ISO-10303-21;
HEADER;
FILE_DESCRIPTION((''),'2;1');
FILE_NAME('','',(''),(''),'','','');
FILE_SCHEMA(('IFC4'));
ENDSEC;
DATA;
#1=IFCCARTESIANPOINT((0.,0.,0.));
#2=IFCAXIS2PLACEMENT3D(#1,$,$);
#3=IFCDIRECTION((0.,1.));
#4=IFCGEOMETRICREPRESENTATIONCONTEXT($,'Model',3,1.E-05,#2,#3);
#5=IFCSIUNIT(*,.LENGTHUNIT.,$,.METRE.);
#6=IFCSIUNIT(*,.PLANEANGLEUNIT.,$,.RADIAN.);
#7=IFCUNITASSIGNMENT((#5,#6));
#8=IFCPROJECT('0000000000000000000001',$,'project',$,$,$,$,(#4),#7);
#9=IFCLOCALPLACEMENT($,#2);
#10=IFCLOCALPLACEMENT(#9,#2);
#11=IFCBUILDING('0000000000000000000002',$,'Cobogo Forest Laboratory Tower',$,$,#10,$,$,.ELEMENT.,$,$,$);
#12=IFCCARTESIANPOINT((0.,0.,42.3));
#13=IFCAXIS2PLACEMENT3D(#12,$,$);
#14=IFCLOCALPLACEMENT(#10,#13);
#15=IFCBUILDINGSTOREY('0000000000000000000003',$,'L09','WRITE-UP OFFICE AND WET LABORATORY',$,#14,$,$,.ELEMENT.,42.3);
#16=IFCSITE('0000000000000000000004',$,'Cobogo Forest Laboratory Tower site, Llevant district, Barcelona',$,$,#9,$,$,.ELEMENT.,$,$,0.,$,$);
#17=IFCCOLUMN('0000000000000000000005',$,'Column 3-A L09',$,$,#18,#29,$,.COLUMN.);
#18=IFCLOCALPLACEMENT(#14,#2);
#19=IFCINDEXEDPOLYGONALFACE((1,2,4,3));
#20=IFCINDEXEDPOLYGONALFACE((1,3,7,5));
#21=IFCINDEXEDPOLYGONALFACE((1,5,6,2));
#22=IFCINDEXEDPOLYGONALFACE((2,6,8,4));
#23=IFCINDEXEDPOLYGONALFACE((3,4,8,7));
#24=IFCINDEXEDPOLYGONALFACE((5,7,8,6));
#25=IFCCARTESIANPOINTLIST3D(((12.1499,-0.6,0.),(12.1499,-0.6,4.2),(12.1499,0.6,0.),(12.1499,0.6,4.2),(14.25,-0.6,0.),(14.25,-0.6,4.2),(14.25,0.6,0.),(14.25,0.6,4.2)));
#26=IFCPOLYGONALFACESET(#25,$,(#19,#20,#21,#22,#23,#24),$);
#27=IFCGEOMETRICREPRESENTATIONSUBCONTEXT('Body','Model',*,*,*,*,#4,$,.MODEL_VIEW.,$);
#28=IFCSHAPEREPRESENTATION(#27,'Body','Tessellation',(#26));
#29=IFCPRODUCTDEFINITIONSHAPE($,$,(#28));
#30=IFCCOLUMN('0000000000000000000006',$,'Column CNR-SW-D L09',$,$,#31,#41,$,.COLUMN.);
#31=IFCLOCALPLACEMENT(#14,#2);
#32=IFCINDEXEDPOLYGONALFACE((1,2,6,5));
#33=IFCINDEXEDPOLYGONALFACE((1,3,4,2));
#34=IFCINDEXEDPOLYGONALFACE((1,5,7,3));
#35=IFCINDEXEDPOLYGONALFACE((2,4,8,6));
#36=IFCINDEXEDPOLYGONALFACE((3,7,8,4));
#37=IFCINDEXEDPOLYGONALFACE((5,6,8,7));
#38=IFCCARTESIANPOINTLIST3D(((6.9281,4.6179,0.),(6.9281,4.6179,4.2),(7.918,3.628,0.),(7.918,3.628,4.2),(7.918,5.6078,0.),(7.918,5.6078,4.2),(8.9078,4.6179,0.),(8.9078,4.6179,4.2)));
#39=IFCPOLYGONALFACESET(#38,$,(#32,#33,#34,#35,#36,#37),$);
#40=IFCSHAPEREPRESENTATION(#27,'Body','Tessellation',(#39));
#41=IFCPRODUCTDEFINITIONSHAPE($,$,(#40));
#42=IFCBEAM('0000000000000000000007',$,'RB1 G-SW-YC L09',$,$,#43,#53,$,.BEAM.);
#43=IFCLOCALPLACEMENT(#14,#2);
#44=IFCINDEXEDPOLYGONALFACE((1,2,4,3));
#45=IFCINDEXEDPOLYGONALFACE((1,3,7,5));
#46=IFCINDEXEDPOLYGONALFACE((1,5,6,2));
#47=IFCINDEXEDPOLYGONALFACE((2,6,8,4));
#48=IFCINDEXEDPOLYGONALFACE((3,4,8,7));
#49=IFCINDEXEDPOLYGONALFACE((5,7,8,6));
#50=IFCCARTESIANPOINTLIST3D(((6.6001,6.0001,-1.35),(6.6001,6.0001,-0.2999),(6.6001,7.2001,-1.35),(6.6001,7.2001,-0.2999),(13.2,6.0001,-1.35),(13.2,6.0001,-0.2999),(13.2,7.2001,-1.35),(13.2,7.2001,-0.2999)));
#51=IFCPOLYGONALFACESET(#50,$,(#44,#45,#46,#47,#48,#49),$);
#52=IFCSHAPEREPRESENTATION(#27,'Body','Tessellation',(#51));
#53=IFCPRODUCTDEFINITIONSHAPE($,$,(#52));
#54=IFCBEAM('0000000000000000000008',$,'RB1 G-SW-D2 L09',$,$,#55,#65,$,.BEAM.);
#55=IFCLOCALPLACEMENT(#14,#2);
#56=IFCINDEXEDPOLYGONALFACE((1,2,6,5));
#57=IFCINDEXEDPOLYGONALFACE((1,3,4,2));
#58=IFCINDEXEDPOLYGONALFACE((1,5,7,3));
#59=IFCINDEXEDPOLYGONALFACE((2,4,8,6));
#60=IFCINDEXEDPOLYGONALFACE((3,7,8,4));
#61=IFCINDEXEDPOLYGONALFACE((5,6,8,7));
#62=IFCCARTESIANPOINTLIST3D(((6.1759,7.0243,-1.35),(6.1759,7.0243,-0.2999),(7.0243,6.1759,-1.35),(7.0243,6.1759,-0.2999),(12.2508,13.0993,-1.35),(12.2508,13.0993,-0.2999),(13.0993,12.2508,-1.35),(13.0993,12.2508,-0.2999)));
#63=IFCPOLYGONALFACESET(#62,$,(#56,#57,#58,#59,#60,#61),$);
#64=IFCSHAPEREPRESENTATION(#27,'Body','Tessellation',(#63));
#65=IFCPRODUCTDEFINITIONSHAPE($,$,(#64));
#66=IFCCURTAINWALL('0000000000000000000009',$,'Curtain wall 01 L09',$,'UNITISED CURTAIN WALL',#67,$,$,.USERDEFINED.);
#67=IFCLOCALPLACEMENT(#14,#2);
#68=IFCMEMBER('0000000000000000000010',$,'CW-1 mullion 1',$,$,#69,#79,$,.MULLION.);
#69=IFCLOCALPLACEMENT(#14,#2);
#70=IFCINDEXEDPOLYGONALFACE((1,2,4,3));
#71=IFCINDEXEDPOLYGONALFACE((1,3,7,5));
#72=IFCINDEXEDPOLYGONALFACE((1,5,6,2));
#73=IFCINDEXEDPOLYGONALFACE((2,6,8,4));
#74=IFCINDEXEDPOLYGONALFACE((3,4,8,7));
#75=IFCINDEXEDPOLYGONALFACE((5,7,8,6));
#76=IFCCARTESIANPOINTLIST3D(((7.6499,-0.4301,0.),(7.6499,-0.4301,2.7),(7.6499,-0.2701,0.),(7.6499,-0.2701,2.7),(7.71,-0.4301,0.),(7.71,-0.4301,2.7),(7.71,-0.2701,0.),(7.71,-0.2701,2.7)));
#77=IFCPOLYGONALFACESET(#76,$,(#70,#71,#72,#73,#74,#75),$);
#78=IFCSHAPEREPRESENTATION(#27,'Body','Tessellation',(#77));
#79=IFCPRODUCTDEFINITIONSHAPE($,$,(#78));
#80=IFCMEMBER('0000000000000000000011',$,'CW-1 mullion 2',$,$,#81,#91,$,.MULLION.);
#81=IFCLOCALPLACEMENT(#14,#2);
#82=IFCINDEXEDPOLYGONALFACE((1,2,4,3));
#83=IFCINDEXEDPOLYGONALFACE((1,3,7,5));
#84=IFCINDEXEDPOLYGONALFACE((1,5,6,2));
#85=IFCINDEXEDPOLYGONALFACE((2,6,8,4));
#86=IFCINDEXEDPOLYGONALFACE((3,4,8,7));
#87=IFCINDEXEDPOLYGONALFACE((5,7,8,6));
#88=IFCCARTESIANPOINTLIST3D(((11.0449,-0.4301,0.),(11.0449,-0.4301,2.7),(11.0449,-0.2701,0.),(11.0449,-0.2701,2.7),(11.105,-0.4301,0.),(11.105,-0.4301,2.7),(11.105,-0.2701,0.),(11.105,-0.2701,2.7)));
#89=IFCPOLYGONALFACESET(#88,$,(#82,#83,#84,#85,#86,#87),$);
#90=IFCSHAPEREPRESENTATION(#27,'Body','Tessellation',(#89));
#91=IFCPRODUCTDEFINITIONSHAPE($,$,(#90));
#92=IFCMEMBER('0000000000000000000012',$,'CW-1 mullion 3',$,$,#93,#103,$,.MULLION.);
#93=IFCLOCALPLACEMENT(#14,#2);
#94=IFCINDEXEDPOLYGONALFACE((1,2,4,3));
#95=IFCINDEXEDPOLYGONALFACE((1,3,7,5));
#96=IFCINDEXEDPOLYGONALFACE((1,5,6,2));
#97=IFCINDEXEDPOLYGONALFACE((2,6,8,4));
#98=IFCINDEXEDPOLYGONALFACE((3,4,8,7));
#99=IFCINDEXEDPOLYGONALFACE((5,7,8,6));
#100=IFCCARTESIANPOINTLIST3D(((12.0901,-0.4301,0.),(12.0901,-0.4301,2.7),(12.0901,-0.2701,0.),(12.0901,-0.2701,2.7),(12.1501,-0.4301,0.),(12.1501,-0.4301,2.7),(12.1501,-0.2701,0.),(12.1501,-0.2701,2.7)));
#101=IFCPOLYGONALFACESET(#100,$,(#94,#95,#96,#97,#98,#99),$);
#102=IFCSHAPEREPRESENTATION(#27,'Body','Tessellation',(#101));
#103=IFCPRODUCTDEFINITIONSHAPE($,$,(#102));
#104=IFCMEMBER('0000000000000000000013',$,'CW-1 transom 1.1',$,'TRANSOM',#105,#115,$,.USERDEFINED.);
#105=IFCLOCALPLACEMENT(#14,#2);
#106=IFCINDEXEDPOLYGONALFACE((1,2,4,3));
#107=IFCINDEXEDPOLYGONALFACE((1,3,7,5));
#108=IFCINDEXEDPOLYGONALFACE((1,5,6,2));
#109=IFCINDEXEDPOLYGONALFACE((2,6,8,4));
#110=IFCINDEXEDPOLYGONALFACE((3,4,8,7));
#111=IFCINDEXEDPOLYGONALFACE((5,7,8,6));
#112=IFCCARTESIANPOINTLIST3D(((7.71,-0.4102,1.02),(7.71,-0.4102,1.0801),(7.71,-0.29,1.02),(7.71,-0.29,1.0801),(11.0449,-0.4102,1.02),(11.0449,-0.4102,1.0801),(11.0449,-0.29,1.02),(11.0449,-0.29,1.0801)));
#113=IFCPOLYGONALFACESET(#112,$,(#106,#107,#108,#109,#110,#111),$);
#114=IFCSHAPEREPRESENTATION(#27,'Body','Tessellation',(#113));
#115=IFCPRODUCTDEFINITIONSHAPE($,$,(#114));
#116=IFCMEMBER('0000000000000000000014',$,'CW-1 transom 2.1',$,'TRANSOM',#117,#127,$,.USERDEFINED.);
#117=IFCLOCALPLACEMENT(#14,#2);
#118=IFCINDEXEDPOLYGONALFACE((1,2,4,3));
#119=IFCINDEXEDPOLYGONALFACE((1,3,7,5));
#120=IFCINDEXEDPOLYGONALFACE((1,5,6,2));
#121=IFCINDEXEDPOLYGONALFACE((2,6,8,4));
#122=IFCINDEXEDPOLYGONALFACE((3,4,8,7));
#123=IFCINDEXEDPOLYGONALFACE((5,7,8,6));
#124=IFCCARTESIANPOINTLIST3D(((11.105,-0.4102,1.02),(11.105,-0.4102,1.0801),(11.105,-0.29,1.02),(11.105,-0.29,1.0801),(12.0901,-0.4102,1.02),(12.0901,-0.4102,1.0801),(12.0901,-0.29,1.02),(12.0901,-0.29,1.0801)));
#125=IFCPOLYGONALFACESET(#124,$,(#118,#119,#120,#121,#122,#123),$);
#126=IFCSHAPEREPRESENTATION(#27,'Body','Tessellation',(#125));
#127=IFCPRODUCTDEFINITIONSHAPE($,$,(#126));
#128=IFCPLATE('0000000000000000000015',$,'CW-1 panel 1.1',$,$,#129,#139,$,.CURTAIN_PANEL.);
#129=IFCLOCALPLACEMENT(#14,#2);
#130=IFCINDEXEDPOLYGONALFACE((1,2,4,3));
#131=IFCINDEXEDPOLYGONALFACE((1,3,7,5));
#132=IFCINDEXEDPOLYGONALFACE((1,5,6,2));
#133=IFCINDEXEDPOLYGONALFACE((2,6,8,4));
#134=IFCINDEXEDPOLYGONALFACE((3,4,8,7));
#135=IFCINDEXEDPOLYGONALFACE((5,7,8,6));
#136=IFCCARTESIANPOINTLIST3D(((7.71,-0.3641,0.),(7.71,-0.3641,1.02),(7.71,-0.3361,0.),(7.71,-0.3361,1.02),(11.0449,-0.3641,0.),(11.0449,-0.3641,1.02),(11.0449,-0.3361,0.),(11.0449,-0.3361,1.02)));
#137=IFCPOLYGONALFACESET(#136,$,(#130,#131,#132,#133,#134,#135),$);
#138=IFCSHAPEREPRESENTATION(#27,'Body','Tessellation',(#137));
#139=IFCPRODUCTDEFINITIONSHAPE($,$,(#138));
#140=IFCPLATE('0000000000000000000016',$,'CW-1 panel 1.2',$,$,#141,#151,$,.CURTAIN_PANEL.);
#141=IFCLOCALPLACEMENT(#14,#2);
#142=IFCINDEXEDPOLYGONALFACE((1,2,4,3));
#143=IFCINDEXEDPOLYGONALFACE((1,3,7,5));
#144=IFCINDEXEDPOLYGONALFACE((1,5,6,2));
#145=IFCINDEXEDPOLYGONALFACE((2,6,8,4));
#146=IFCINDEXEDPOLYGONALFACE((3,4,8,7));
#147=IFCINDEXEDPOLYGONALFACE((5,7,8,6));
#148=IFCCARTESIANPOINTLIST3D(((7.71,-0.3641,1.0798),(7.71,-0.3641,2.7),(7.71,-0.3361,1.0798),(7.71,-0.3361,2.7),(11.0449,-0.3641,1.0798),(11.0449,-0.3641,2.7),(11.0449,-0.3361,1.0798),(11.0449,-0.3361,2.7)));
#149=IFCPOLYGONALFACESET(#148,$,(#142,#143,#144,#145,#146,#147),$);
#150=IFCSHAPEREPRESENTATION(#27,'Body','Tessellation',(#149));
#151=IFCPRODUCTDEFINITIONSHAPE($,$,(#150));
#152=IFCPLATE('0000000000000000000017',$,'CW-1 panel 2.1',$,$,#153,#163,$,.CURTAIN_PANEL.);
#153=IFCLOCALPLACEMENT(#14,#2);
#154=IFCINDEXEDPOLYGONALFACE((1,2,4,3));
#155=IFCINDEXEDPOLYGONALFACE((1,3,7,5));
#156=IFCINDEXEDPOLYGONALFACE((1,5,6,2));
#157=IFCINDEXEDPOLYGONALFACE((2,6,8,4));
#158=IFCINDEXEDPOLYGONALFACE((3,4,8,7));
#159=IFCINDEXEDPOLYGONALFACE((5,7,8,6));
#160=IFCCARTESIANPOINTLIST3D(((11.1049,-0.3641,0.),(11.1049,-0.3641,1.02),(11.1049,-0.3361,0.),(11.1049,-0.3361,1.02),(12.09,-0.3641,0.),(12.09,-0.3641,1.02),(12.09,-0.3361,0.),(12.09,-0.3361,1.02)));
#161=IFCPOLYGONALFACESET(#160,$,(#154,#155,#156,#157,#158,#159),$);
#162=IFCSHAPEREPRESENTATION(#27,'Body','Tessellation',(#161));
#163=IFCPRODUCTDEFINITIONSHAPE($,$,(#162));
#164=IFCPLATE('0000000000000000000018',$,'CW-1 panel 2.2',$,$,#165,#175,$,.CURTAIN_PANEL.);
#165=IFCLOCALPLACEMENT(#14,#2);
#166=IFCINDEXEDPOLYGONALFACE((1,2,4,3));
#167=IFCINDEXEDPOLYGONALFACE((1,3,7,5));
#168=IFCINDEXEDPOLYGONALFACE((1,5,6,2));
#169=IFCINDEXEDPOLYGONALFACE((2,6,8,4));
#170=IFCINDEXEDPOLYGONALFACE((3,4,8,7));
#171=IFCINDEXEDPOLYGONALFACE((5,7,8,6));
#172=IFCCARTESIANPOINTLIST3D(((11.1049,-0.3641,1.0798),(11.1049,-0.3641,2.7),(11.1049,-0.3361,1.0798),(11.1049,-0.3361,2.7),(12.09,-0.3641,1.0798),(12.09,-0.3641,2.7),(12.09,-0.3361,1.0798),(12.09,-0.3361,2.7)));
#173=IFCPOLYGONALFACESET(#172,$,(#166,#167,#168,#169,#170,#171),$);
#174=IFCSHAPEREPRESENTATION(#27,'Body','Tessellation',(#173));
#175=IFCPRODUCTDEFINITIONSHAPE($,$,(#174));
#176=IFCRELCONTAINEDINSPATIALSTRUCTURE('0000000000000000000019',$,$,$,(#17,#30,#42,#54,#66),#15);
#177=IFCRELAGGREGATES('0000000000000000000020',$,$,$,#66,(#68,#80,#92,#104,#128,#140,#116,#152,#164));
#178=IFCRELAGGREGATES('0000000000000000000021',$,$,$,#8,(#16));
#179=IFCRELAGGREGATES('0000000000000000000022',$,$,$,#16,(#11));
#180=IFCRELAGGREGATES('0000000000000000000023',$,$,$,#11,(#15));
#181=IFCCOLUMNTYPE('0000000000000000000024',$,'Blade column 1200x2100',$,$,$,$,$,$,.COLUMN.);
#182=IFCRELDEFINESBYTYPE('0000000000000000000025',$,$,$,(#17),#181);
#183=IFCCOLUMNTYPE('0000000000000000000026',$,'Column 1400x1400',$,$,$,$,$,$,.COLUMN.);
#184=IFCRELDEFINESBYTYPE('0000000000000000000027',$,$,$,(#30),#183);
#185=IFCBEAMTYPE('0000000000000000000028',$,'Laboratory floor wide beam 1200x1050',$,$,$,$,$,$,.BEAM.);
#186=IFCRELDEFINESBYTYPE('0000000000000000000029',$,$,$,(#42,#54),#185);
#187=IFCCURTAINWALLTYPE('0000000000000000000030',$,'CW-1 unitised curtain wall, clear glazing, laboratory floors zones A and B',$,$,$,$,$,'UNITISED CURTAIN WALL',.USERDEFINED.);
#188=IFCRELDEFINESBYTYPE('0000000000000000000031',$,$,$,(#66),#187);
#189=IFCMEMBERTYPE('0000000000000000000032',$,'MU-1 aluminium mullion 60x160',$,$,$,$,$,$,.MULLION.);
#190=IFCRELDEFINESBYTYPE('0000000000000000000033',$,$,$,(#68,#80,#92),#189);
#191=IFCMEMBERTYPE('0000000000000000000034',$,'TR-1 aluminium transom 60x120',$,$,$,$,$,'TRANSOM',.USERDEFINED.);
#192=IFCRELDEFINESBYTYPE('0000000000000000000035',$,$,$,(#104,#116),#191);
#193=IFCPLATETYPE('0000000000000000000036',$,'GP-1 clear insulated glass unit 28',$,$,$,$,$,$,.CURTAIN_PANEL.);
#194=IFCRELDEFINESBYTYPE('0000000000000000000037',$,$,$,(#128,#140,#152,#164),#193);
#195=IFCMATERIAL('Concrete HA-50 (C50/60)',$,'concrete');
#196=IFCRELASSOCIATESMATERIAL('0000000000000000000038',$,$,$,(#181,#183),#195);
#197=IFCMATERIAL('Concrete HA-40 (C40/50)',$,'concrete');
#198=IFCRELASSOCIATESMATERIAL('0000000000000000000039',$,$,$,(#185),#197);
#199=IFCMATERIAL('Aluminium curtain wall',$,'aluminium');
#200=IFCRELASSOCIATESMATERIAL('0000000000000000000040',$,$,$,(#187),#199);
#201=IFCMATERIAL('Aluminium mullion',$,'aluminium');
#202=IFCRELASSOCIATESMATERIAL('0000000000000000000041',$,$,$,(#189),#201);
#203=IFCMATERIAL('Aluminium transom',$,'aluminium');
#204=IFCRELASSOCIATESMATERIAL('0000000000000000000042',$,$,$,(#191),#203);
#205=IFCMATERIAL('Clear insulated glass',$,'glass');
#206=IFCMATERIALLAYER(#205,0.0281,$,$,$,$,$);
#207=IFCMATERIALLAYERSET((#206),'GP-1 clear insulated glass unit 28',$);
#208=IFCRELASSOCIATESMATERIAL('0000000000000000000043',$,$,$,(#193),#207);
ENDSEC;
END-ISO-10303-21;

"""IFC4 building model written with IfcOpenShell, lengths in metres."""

from ifc_helpers import new_model, si_unit, direction, frame, origin, origin_2d, place, context, subcontext, project, spatial, rectangle, extrude, material, layer, layer_set, material_profile, profile_set, type_object, element, aggregate, save


model = new_model("IFC4")

# Units and contexts
model_context = context("Model", 3, precision=1e-05, world=origin(), true_north=direction((0.0, 1.0)))
body_context = subcontext(model_context, "Body", "Model", "MODEL_VIEW")
ifc_project = project(units=[si_unit("LENGTHUNIT", "METRE"), si_unit("PLANEANGLEUNIT", "RADIAN")], contexts=[model_context])

# Site, building, storey
site_placement = place(None, origin())
site = spatial("IfcSite", under=ifc_project, at=site_placement, Name="Cobogo Forest Laboratory Tower site, Llevant district, Barcelona", CompositionType="ELEMENT", RefElevation=0.0)
building_placement = place(site_placement, origin())
building = spatial("IfcBuilding", under=site, at=building_placement, Name="Cobogo Forest Laboratory Tower", CompositionType="ELEMENT")
storey_placement = place(building_placement, frame((0.0, 0.0, 42.3)))
storey = spatial("IfcBuildingStorey", under=building, at=storey_placement, Name="L09", Description="WRITE-UP OFFICE AND WET LABORATORY", CompositionType="ELEMENT", Elevation=42.3)

# Columns
ifc_material_1 = material(Name="Concrete HA-50 (C50/60)", Category="concrete")
ifc_material_profile_1 = material_profile(ifc_material_1, rectangle(XDim=2.1001, YDim=1.2, at=origin_2d()), Name="RC 1200x2100")
ifc_profile_set_1 = profile_set([ifc_material_profile_1], Name="Concrete HA-50 (C50/60)")
column_type_1 = type_object("IfcColumnType", Name="Blade column 1200x2100", PredefinedType="COLUMN", material=ifc_profile_set_1)
column_1_placement = place(storey_placement, frame((13.2, 0.0, 0.0), z_axis=(0.0, 0.0, 1.0), x_axis=(1.0, 0.0, 0.0)))
element("IfcColumn", 1, at=column_1_placement, inside=storey, type_object=column_type_1, Name="Column 3-A L09", PredefinedType="COLUMN", context=body_context, shape_type="SweptSolid", body=[
    extrude(rectangle(XDim=2.1001, YDim=1.2, at=origin_2d()), origin(), (0.0, 0.0, 1.0), 4.2),
])
ifc_material_profile_2 = material_profile(ifc_material_1, rectangle(XDim=1.3999, YDim=1.3999, at=origin_2d()), Name="RC 1400x1400")
ifc_profile_set_2 = profile_set([ifc_material_profile_2], Name="Concrete HA-50 (C50/60)")
column_type_2 = type_object("IfcColumnType", Name="Column 1400x1400", PredefinedType="COLUMN", material=ifc_profile_set_2)
column_2_placement = place(storey_placement, frame((7.918, 4.6179, 0.0), z_axis=(0.0, 0.0, 1.0), x_axis=(0.707107, 0.707107, 0.0)))
element("IfcColumn", 2, at=column_2_placement, inside=storey, type_object=column_type_2, Name="Column CNR-SW-D L09", PredefinedType="COLUMN", context=body_context, shape_type="SweptSolid", body=[
    extrude(rectangle(XDim=1.3999, YDim=1.3999, at=origin_2d()), origin(), (0.0, 0.0, 1.0), 4.2),
])

# Beams
ifc_material_2 = material(Name="Concrete HA-40 (C40/50)", Category="concrete")
ifc_material_profile_3 = material_profile(ifc_material_2, rectangle(XDim=1.2, YDim=1.05, at=origin_2d()), Name="RC 1200x1050")
ifc_profile_set_3 = profile_set([ifc_material_profile_3], Name="Concrete HA-40 (C40/50)")
beam_type = type_object("IfcBeamType", Name="Laboratory floor wide beam 1200x1050", PredefinedType="BEAM", material=ifc_profile_set_3)
beam_1_placement = place(storey_placement, frame((6.6001, 6.6001, -0.825), z_axis=(1.0, 0.0, 0.0), x_axis=(0.0, 1.0, 0.0)))
element("IfcBeam", 3, at=beam_1_placement, inside=storey, type_object=beam_type, Name="RB1 G-SW-YC L09", PredefinedType="BEAM", context=body_context, shape_type="SweptSolid", body=[
    extrude(rectangle(XDim=1.2, YDim=1.05, at=origin_2d()), origin(), (0.0, 0.0, 1.0), 6.5999),
])
beam_2_placement = place(storey_placement, frame((6.6001, 6.6001, -0.825), z_axis=(0.707107, 0.707107, 0.0), x_axis=(-0.707107, 0.707107, 0.0)))
element("IfcBeam", 4, at=beam_2_placement, inside=storey, type_object=beam_type, Name="RB1 G-SW-D2 L09", PredefinedType="BEAM", context=body_context, shape_type="SweptSolid", body=[
    extrude(rectangle(XDim=1.2, YDim=1.05, at=origin_2d()), origin(), (0.0, 0.0, 1.0), 8.5913),
])

# Curtain wall, members, plates
ifc_material_3 = material(Name="Aluminium curtain wall", Category="aluminium")
curtain_wall_type = type_object("IfcCurtainWallType", Name="CW-1 unitised curtain wall, clear glazing, laboratory floors zones A and B", ElementType="UNITISED CURTAIN WALL", PredefinedType="USERDEFINED", material=ifc_material_3)
curtain_wall_placement = place(storey_placement, origin())
curtain_wall = element("IfcCurtainWall", 5, at=curtain_wall_placement, inside=storey, type_object=curtain_wall_type, Name="Curtain wall 01 L09", ObjectType="UNITISED CURTAIN WALL", PredefinedType="USERDEFINED")
ifc_material_4 = material(Name="Aluminium mullion", Category="aluminium")
ifc_material_profile_4 = material_profile(ifc_material_4, rectangle(XDim=0.0601, YDim=0.1599, at=origin_2d()), Name="AL 60x160")
ifc_profile_set_4 = profile_set([ifc_material_profile_4], Name="Aluminium mullion")
member_type_1 = type_object("IfcMemberType", Name="MU-1 aluminium mullion 60x160", PredefinedType="MULLION", material=ifc_profile_set_4)
member_1_placement = place(storey_placement, frame((7.6799, -0.3501, 0.0), z_axis=(0.0, 0.0, 1.0), x_axis=(1.0, 0.0, 0.0)))
member_1 = element("IfcMember", 6, at=member_1_placement, type_object=member_type_1, Name="CW-1 mullion 1", PredefinedType="MULLION", context=body_context, shape_type="SweptSolid", body=[
    extrude(rectangle(XDim=0.0601, YDim=0.1599, at=origin_2d()), origin(), (0.0, 0.0, 1.0), 2.7),
])
member_2_placement = place(storey_placement, frame((11.075, -0.3501, 0.0), z_axis=(0.0, 0.0, 1.0), x_axis=(1.0, 0.0, 0.0)))
member_2 = element("IfcMember", 7, at=member_2_placement, type_object=member_type_1, Name="CW-1 mullion 2", PredefinedType="MULLION", context=body_context, shape_type="SweptSolid", body=[
    extrude(rectangle(XDim=0.0601, YDim=0.1599, at=origin_2d()), origin(), (0.0, 0.0, 1.0), 2.7),
])
member_3_placement = place(storey_placement, frame((12.1201, -0.3501, 0.0), z_axis=(0.0, 0.0, 1.0), x_axis=(1.0, 0.0, 0.0)))
member_3 = element("IfcMember", 8, at=member_3_placement, type_object=member_type_1, Name="CW-1 mullion 3", PredefinedType="MULLION", context=body_context, shape_type="SweptSolid", body=[
    extrude(rectangle(XDim=0.0601, YDim=0.1599, at=origin_2d()), origin(), (0.0, 0.0, 1.0), 2.7),
])
ifc_material_5 = material(Name="Aluminium transom", Category="aluminium")
ifc_material_profile_5 = material_profile(ifc_material_5, rectangle(XDim=0.1201, YDim=0.0601, at=origin_2d()), Name="AL 60x120")
ifc_profile_set_5 = profile_set([ifc_material_profile_5], Name="Aluminium transom")
member_type_2 = type_object("IfcMemberType", Name="TR-1 aluminium transom 60x120", ElementType="TRANSOM", PredefinedType="USERDEFINED", material=ifc_profile_set_5)
member_4_placement = place(storey_placement, frame((7.71, -0.3501, 1.05), z_axis=(1.0, 0.0, 0.0), x_axis=(0.0, 1.0, 0.0)))
member_4 = element("IfcMember", 9, at=member_4_placement, type_object=member_type_2, Name="CW-1 transom 1.1", ObjectType="TRANSOM", PredefinedType="USERDEFINED", context=body_context, shape_type="SweptSolid", body=[
    extrude(rectangle(XDim=0.1201, YDim=0.0601, at=origin_2d()), origin(), (0.0, 0.0, 1.0), 3.335),
])
member_5_placement = place(storey_placement, frame((11.105, -0.3501, 1.05), z_axis=(1.0, 0.0, 0.0), x_axis=(0.0, 1.0, 0.0)))
member_5 = element("IfcMember", 10, at=member_5_placement, type_object=member_type_2, Name="CW-1 transom 2.1", ObjectType="TRANSOM", PredefinedType="USERDEFINED", context=body_context, shape_type="SweptSolid", body=[
    extrude(rectangle(XDim=0.1201, YDim=0.0601, at=origin_2d()), origin(), (0.0, 0.0, 1.0), 0.9851),
])
ifc_material_6 = material(Name="Clear insulated glass", Category="glass")
ifc_layer_1 = layer(ifc_material_6, 0.0281)
ifc_layer_set_1 = layer_set([ifc_layer_1], Name="GP-1 clear insulated glass unit 28")
plate_type_1 = type_object("IfcPlateType", Name="GP-1 clear insulated glass unit 28", PredefinedType="CURTAIN_PANEL", material=ifc_layer_set_1)
plate_1_placement = place(storey_placement, frame((9.3774, -0.3501, 0.0), z_axis=(0.0, 0.0, 1.0), x_axis=(1.0, 0.0, 0.0)))
plate_1 = element("IfcPlate", 11, at=plate_1_placement, type_object=plate_type_1, Name="CW-1 panel 1.1", PredefinedType="CURTAIN_PANEL", context=body_context, shape_type="SweptSolid", body=[
    extrude(rectangle(XDim=3.335, YDim=0.0281, at=origin_2d()), origin(), (0.0, 0.0, 1.0), 1.02),
])
plate_2_placement = place(storey_placement, frame((9.3774, -0.3501, 1.0798), z_axis=(0.0, 0.0, 1.0), x_axis=(1.0, 0.0, 0.0)))
plate_2 = element("IfcPlate", 12, at=plate_2_placement, type_object=plate_type_1, Name="CW-1 panel 1.2", PredefinedType="CURTAIN_PANEL", context=body_context, shape_type="SweptSolid", body=[
    extrude(rectangle(XDim=3.335, YDim=0.0281, at=origin_2d()), origin(), (0.0, 0.0, 1.0), 1.6201),
])
plate_3_placement = place(storey_placement, frame((11.5974, -0.3501, 0.0), z_axis=(0.0, 0.0, 1.0), x_axis=(1.0, 0.0, 0.0)))
plate_3 = element("IfcPlate", 13, at=plate_3_placement, type_object=plate_type_1, Name="CW-1 panel 2.1", PredefinedType="CURTAIN_PANEL", context=body_context, shape_type="SweptSolid", body=[
    extrude(rectangle(XDim=0.9851, YDim=0.0281, at=origin_2d()), origin(), (0.0, 0.0, 1.0), 1.02),
])
plate_4_placement = place(storey_placement, frame((11.5974, -0.3501, 1.0798), z_axis=(0.0, 0.0, 1.0), x_axis=(1.0, 0.0, 0.0)))
plate_4 = element("IfcPlate", 14, at=plate_4_placement, type_object=plate_type_1, Name="CW-1 panel 2.2", PredefinedType="CURTAIN_PANEL", context=body_context, shape_type="SweptSolid", body=[
    extrude(rectangle(XDim=0.9851, YDim=0.0281, at=origin_2d()), origin(), (0.0, 0.0, 1.0), 1.6201),
])
aggregate(curtain_wall, [member_1, member_2, member_3, member_4, plate_1, plate_2, member_5, plate_3, plate_4])

save(model, "model.ifc")
